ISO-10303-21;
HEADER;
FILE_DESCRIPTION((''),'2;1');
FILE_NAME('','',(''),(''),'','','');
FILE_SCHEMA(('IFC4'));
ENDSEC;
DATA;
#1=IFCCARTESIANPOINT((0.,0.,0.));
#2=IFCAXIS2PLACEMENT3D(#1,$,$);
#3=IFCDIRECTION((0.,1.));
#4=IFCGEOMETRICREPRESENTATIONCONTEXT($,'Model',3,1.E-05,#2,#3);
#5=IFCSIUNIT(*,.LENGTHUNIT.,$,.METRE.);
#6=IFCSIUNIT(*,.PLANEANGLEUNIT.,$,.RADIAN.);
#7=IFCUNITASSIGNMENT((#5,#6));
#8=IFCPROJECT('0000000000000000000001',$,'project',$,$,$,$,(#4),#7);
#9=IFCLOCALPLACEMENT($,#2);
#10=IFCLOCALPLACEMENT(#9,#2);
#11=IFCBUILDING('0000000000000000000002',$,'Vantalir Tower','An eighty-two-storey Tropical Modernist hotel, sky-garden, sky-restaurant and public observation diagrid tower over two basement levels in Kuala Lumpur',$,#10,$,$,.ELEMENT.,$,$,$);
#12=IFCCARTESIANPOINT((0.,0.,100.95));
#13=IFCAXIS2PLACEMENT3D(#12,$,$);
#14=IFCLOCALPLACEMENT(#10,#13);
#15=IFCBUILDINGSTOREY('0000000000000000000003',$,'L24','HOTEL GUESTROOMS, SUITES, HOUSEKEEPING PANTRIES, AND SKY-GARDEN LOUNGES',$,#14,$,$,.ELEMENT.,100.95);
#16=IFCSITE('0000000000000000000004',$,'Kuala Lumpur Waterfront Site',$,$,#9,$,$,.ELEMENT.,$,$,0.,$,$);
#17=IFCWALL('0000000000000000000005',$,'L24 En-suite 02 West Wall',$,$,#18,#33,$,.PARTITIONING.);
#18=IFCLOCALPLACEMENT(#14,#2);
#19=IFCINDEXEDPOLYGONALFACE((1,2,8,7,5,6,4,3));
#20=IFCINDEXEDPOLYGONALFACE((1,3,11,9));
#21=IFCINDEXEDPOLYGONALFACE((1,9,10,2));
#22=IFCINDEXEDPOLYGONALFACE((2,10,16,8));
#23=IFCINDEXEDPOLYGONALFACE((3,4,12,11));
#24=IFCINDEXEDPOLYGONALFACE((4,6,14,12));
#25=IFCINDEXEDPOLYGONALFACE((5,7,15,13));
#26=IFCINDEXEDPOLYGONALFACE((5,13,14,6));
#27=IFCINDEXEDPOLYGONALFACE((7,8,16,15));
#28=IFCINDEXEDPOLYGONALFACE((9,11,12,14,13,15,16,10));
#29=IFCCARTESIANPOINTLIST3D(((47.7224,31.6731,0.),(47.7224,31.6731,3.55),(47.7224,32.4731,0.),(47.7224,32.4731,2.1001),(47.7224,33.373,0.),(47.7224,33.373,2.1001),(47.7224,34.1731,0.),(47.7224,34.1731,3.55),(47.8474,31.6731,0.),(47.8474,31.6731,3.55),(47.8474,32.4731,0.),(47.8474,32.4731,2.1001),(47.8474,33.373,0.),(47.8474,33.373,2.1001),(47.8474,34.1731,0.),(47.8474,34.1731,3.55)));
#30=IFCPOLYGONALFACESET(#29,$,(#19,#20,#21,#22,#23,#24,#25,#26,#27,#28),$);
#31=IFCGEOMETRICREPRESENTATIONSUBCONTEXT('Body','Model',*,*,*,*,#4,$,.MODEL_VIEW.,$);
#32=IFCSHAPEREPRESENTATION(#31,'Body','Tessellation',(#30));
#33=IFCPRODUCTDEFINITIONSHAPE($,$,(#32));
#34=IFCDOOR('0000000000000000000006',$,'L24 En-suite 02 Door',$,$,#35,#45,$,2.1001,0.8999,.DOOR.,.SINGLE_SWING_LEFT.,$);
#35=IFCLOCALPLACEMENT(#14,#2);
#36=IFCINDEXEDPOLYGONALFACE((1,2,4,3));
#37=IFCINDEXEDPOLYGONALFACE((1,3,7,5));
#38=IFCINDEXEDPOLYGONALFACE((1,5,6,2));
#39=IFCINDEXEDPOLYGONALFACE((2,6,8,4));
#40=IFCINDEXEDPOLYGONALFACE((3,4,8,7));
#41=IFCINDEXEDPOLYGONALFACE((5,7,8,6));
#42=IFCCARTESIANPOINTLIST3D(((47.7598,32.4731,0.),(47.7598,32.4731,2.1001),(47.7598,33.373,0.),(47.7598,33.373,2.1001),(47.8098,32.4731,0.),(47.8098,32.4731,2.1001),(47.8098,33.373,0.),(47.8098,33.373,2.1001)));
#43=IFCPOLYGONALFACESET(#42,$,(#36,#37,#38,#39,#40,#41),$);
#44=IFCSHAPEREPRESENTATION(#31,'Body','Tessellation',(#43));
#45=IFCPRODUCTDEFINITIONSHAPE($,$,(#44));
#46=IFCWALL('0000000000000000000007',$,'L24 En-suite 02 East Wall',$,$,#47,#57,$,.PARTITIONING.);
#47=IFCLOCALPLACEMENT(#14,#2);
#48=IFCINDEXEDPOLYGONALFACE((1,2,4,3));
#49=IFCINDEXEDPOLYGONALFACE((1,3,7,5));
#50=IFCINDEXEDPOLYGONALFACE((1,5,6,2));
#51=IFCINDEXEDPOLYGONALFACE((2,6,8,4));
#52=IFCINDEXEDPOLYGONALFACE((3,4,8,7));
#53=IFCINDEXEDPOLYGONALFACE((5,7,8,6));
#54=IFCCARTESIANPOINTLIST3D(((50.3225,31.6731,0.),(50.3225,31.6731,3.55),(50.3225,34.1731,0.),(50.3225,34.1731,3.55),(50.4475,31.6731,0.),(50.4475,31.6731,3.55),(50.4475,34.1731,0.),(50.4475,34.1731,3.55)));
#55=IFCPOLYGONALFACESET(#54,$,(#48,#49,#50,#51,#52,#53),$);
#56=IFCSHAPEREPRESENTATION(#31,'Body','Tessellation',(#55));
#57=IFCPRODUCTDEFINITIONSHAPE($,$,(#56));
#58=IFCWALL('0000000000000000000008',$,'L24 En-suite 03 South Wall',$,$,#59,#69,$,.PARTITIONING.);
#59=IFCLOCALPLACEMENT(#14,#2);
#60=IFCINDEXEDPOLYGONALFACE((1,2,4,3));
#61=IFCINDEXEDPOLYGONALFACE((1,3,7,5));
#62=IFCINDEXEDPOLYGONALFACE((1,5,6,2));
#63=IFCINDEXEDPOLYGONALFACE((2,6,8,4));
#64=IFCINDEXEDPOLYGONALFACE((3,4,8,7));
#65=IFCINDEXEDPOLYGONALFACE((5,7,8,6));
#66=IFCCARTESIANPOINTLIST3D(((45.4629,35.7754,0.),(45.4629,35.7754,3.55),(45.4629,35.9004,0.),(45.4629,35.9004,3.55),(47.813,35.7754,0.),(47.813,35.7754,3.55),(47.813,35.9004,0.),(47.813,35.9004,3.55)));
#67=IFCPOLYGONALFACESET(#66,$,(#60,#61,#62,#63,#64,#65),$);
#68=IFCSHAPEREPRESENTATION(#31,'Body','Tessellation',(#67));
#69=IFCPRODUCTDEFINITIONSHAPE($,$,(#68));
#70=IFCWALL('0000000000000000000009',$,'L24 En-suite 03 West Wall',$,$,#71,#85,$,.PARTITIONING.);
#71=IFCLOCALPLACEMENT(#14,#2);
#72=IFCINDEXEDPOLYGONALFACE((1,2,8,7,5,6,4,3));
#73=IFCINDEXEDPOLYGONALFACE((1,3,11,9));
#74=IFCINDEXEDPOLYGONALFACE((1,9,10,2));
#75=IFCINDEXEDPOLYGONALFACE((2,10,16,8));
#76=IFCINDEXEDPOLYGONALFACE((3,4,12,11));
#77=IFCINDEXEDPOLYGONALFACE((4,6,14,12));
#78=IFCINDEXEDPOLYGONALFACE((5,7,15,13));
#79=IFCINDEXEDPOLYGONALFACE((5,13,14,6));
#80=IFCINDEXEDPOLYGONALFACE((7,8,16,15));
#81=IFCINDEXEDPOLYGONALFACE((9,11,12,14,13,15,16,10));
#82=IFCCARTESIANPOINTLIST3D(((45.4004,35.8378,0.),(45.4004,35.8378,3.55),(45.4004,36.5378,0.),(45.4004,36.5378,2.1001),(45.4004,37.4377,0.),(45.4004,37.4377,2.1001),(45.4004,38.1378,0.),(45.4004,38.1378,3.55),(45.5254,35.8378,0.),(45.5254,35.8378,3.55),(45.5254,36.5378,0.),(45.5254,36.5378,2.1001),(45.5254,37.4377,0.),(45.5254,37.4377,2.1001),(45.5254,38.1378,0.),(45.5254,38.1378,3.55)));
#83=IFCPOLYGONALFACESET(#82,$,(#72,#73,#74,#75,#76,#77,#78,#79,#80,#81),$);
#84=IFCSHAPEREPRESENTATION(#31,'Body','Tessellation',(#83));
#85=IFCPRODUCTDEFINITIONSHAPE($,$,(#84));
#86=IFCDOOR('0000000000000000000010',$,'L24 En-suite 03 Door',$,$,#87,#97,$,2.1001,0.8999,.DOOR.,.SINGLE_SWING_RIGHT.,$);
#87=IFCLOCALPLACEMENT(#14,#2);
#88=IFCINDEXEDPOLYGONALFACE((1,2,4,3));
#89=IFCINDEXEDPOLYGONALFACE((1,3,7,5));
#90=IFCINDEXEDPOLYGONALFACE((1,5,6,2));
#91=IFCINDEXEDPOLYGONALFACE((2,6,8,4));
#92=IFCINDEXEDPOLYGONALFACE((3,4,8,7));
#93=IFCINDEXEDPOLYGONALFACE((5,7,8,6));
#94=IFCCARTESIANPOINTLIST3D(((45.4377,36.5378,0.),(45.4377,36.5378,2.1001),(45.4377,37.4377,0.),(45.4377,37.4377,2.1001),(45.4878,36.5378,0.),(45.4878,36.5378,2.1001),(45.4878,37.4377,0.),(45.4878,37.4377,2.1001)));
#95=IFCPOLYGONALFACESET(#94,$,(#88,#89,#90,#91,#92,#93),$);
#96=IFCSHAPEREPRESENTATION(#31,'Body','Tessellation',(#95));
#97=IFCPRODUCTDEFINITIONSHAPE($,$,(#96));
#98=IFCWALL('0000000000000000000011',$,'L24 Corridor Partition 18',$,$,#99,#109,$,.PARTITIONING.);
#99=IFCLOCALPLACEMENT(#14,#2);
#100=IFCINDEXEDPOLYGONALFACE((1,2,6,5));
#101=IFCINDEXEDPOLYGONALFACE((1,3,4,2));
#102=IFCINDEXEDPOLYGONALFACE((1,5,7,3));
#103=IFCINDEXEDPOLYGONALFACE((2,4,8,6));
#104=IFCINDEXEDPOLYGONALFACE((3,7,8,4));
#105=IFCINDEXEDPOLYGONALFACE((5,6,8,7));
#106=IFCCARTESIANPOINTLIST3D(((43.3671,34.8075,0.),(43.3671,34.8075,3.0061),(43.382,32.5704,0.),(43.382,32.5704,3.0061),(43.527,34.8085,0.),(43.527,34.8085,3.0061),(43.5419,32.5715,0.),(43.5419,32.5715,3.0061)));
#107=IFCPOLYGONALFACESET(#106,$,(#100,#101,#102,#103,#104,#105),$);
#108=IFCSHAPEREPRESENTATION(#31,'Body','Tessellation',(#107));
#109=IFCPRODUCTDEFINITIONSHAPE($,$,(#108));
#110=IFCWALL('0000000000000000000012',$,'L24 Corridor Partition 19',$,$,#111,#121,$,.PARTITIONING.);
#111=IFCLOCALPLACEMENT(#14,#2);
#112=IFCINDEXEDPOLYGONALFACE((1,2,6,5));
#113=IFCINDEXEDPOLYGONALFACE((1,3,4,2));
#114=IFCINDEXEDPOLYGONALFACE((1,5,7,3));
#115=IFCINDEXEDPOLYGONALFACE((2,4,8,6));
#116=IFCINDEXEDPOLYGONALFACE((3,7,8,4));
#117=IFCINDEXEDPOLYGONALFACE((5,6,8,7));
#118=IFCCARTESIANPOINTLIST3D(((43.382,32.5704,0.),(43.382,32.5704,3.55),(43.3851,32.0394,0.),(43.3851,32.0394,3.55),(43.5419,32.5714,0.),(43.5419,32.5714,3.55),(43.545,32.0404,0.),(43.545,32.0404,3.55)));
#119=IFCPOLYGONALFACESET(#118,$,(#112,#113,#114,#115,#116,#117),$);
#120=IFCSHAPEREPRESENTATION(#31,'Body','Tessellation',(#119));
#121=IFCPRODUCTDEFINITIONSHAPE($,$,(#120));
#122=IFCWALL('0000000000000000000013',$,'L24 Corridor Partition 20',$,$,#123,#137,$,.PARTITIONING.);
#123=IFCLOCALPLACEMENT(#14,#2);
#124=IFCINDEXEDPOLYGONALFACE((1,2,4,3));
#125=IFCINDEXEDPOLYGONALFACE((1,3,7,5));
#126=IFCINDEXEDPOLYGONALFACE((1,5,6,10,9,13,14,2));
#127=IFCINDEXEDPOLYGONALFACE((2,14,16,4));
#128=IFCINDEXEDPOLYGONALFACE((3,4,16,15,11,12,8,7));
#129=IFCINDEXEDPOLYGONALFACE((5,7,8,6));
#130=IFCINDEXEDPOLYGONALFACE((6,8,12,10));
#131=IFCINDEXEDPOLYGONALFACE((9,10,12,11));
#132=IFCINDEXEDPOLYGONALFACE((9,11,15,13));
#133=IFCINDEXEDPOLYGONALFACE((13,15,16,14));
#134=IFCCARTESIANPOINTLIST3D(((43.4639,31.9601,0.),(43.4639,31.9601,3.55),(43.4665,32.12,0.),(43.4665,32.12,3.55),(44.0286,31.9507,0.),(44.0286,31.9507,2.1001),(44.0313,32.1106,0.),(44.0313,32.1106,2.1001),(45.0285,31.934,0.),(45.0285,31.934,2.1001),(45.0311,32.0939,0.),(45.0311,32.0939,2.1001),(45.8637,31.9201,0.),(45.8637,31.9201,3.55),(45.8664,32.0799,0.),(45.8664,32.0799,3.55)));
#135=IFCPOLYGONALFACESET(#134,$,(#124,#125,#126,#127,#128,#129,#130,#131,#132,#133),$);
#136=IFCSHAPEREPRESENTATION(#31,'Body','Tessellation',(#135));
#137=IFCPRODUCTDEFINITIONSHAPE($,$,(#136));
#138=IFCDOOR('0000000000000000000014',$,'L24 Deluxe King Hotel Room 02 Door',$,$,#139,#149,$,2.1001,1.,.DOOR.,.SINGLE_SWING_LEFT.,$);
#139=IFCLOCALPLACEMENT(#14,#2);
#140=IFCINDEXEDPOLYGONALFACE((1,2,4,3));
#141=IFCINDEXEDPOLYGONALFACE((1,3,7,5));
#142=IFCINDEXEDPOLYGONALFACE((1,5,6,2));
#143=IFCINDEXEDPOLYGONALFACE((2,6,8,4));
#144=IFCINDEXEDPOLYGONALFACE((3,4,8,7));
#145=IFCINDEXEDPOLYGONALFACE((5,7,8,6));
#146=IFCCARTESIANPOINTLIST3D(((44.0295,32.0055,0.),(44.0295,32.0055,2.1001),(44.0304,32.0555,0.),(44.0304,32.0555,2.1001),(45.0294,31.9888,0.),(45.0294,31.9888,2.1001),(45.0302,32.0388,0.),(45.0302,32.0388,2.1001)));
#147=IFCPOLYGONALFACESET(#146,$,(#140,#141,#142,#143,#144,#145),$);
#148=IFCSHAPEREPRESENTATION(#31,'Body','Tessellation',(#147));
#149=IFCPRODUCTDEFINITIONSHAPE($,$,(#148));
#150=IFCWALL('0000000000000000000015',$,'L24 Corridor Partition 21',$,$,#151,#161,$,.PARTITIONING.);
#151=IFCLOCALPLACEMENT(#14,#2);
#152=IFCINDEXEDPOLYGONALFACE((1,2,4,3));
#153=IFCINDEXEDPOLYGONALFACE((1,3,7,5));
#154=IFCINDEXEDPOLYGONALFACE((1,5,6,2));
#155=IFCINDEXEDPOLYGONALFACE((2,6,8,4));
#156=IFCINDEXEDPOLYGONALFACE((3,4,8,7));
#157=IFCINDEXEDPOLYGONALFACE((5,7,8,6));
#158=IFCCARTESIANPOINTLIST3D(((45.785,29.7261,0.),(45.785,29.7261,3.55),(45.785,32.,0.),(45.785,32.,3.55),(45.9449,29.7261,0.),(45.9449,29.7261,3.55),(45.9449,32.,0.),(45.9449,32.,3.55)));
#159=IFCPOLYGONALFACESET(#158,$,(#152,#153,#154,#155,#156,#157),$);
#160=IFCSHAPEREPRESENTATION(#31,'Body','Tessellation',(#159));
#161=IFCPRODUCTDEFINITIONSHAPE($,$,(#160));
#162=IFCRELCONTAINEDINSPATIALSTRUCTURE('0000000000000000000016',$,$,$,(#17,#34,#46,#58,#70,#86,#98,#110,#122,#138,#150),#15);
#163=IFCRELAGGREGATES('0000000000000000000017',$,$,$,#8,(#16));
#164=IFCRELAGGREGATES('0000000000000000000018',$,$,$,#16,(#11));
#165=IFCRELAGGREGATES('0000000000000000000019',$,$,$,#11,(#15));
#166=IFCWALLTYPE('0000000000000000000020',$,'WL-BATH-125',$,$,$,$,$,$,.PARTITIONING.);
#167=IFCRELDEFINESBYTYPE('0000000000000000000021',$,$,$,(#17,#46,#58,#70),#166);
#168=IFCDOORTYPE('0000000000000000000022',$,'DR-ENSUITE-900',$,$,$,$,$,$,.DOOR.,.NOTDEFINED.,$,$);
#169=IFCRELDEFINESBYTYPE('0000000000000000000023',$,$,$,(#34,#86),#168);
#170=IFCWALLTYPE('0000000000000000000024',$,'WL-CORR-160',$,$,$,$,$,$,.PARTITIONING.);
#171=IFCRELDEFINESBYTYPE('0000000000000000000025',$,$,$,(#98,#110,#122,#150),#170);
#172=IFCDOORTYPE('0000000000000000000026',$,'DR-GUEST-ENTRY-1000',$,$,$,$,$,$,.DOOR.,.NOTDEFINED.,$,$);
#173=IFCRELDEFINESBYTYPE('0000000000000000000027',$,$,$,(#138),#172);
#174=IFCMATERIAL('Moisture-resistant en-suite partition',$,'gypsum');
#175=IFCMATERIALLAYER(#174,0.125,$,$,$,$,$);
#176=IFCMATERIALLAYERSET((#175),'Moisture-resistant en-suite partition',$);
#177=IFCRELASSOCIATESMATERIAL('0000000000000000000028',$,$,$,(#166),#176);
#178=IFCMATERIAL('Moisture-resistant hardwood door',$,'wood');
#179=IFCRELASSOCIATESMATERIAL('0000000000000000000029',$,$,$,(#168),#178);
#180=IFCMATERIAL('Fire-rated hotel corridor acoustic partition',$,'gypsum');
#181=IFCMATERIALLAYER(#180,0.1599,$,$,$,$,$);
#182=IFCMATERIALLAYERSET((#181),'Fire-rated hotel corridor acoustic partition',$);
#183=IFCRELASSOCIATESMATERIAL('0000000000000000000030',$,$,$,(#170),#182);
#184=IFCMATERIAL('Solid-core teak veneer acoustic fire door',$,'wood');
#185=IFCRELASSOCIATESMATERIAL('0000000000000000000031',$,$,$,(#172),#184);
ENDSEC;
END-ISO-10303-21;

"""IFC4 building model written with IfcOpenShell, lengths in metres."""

from ifc_helpers import new_model, si_unit, direction, frame, frame_2d, origin, place, context, subcontext, project, spatial, rectangle, extrude, material, layer, layer_set, type_object, element, fill, save


model = new_model("IFC4")

# Units and contexts
model_context = context("Model", 3, precision=1e-05, world=origin(), true_north=direction((0.0, 1.0)))
body_context = subcontext(model_context, "Body", "Model", "MODEL_VIEW")
ifc_project = project(units=[si_unit("LENGTHUNIT", "METRE"), si_unit("PLANEANGLEUNIT", "RADIAN")], contexts=[model_context])

# Site, building, storey
site_placement = place(None, origin())
site = spatial("IfcSite", under=ifc_project, at=site_placement, Name="Kuala Lumpur Waterfront Site", CompositionType="ELEMENT", RefElevation=0.0)
building_placement = place(site_placement, origin())
building = spatial("IfcBuilding", under=site, at=building_placement, Name="Vantalir Tower", Description="An eighty-two-storey Tropical Modernist hotel, sky-garden, sky-restaurant and public observation diagrid tower over two basement levels in Kuala Lumpur", CompositionType="ELEMENT")
storey_placement = place(building_placement, frame((0.0, 0.0, 100.95)))
storey = spatial("IfcBuildingStorey", under=building, at=storey_placement, Name="L24", Description="HOTEL GUESTROOMS, SUITES, HOUSEKEEPING PANTRIES, AND SKY-GARDEN LOUNGES", CompositionType="ELEMENT", Elevation=100.95)

# Shared definitions
ifc_material_1 = material(Name="Moisture-resistant en-suite partition", Category="gypsum")
ifc_layer_1 = layer(ifc_material_1, 0.125)
ifc_layer_set_1 = layer_set([ifc_layer_1], Name="Moisture-resistant en-suite partition")
wall_type_1 = type_object("IfcWallType", Name="WL-BATH-125", PredefinedType="PARTITIONING", material=ifc_layer_set_1)

# Shared definitions
ifc_material_2 = material(Name="Moisture-resistant hardwood door", Category="wood")
door_type_1 = type_object("IfcDoorType", Name="DR-ENSUITE-900", OperationType="NOTDEFINED", PredefinedType="DOOR", material=ifc_material_2)

# Wall, opening, door
wall_1_placement = place(storey_placement, frame((47.7849, 31.6731, 0.0), z_axis=(0.0, 0.0, 1.0), x_axis=(0.0, 1.0, 0.0)))
wall_1 = element("IfcWall", 1, at=wall_1_placement, inside=storey, type_object=wall_type_1, Name="L24 En-suite 02 West Wall", PredefinedType="PARTITIONING", context=body_context, shape_type="SweptSolid", body=[
    extrude(rectangle(XDim=2.5, YDim=0.125, at=frame_2d((1.25, 0.0))), origin(), (0.0, 0.0, 1.0), 3.55),
])
opening_1_placement = place(wall_1_placement, frame((0.8, 0.0, 0.0)))
opening_1 = element("IfcOpeningElement", 2, at=opening_1_placement, cuts=wall_1, PredefinedType="OPENING", context=body_context, shape_type="SweptSolid", body=[
    extrude(rectangle(XDim=0.8999, YDim=2.1001, at=frame_2d((0.45, 1.05))), frame((0.0, 0.0725, 0.0), z_axis=(0.0, -1.0, 0.0), x_axis=(1.0, 0.0, 0.0)), (0.0, 0.0, 1.0), 0.145),
])
door_1_placement = place(opening_1_placement, frame((0.8999, 0.0, 0.0), z_axis=(0.0, 0.0, 1.0), x_axis=(-1.0, 0.0, 0.0)))
door_1 = element("IfcDoor", 3, at=door_1_placement, inside=storey, type_object=door_type_1, Name="L24 En-suite 02 Door", OperationType="SINGLE_SWING_LEFT", OverallHeight=2.1001, OverallWidth=0.8999, PredefinedType="DOOR", context=body_context, shape_type="SweptSolid", body=[
    extrude(rectangle(XDim=0.8999, YDim=2.1001, at=frame_2d((0.45, 1.05))), frame((0.0, 0.0249, 0.0), z_axis=(0.0, -1.0, 0.0), x_axis=(1.0, 0.0, 0.0)), (0.0, 0.0, 1.0), 0.05),
])
fill(opening_1, door_1)

# Walls
wall_2_placement = place(storey_placement, frame((50.385, 31.6731, 0.0), z_axis=(0.0, 0.0, 1.0), x_axis=(0.0, 1.0, 0.0)))
element("IfcWall", 4, at=wall_2_placement, inside=storey, type_object=wall_type_1, Name="L24 En-suite 02 East Wall", PredefinedType="PARTITIONING", context=body_context, shape_type="SweptSolid", body=[
    extrude(rectangle(XDim=2.5, YDim=0.125, at=frame_2d((1.25, 0.0))), origin(), (0.0, 0.0, 1.0), 3.55),
])
wall_3_placement = place(storey_placement, frame((45.4629, 35.8379, 0.0), z_axis=(0.0, 0.0, 1.0), x_axis=(1.0, 0.0, 0.0)))
element("IfcWall", 5, at=wall_3_placement, inside=storey, type_object=wall_type_1, Name="L24 En-suite 03 South Wall", PredefinedType="PARTITIONING", context=body_context, shape_type="SweptSolid", body=[
    extrude(rectangle(XDim=2.3501, YDim=0.125, at=frame_2d((1.175, 0.0))), origin(), (0.0, 0.0, 1.0), 3.55),
])

# Wall, opening, door
wall_4_placement = place(storey_placement, frame((45.4629, 35.8379, 0.0), z_axis=(0.0, 0.0, 1.0), x_axis=(0.0, 1.0, 0.0)))
wall_4 = element("IfcWall", 6, at=wall_4_placement, inside=storey, type_object=wall_type_1, Name="L24 En-suite 03 West Wall", PredefinedType="PARTITIONING", context=body_context, shape_type="SweptSolid", body=[
    extrude(rectangle(XDim=2.3, YDim=0.125, at=frame_2d((1.1499, 0.0))), origin(), (0.0, 0.0, 1.0), 3.55),
])
opening_2_placement = place(wall_4_placement, frame((0.7, 0.0, 0.0)))
opening_2 = element("IfcOpeningElement", 7, at=opening_2_placement, cuts=wall_4, PredefinedType="OPENING", context=body_context, shape_type="SweptSolid", body=[
    extrude(rectangle(XDim=0.8999, YDim=2.1001, at=frame_2d((0.45, 1.05))), frame((0.0, 0.0725, 0.0), z_axis=(0.0, -1.0, 0.0), x_axis=(1.0, 0.0, 0.0)), (0.0, 0.0, 1.0), 0.145),
])
door_2_placement = place(opening_2_placement, frame((0.8999, 0.0, 0.0), z_axis=(0.0, 0.0, 1.0), x_axis=(-1.0, 0.0, 0.0)))
door_2 = element("IfcDoor", 8, at=door_2_placement, inside=storey, type_object=door_type_1, Name="L24 En-suite 03 Door", OperationType="SINGLE_SWING_RIGHT", OverallHeight=2.1001, OverallWidth=0.8999, PredefinedType="DOOR", context=body_context, shape_type="SweptSolid", body=[
    extrude(rectangle(XDim=0.8999, YDim=2.1001, at=frame_2d((0.45, 1.05))), frame((0.0, 0.0249, 0.0), z_axis=(0.0, -1.0, 0.0), x_axis=(1.0, 0.0, 0.0)), (0.0, 0.0, 1.0), 0.05),
])
fill(opening_2, door_2)

# Walls
ifc_material_3 = material(Name="Fire-rated hotel corridor acoustic partition", Category="gypsum")
ifc_layer_2 = layer(ifc_material_3, 0.1599)
ifc_layer_set_2 = layer_set([ifc_layer_2], Name="Fire-rated hotel corridor acoustic partition")
wall_type_2 = type_object("IfcWallType", Name="WL-CORR-160", PredefinedType="PARTITIONING", material=ifc_layer_set_2)
wall_5_placement = place(storey_placement, frame((43.447, 34.8081, 0.0), z_axis=(0.0, 0.0, 1.0), x_axis=(0.006657, -0.999978, 0.0)))
element("IfcWall", 9, at=wall_5_placement, inside=storey, type_object=wall_type_2, Name="L24 Corridor Partition 18", PredefinedType="PARTITIONING", context=body_context, shape_type="SweptSolid", body=[
    extrude(rectangle(XDim=2.2371, YDim=0.1599, at=frame_2d((1.1187, 0.0))), origin(), (0.0, 0.0, 1.0), 3.0061),
])
wall_6_placement = place(storey_placement, frame((43.4619, 32.571, 0.0), z_axis=(0.0, 0.0, 1.0), x_axis=(0.005977, -0.999982, 0.0)))
element("IfcWall", 10, at=wall_6_placement, inside=storey, type_object=wall_type_2, Name="L24 Corridor Partition 19", PredefinedType="PARTITIONING", context=body_context, shape_type="SweptSolid", body=[
    extrude(rectangle(XDim=0.531, YDim=0.1599, at=frame_2d((0.2656, 0.0))), origin(), (0.0, 0.0, 1.0), 3.55),
])

# Wall, opening, door
wall_7_placement = place(storey_placement, frame((43.4651, 32.04, 0.0), z_axis=(0.0, 0.0, 1.0), x_axis=(0.999861, -0.016681, 0.0)))
wall_7 = element("IfcWall", 11, at=wall_7_placement, inside=storey, type_object=wall_type_2, Name="L24 Corridor Partition 20", PredefinedType="PARTITIONING", context=body_context, shape_type="SweptSolid", body=[
    extrude(rectangle(XDim=2.4001, YDim=0.1599, at=frame_2d((1.2002, 0.0))), origin(), (0.0, 0.0, 1.0), 3.55),
])
opening_3_placement = place(wall_7_placement, frame((0.5649, 0.0, 0.0)))
opening_3 = element("IfcOpeningElement", 12, at=opening_3_placement, cuts=wall_7, PredefinedType="OPENING", context=body_context, shape_type="SweptSolid", body=[
    extrude(rectangle(XDim=1.0, YDim=2.1001, at=frame_2d((0.5, 1.05))), frame((0.0, 0.0898, 0.0), z_axis=(0.0, -1.0, 0.0), x_axis=(1.0, 0.0, 0.0)), (0.0, 0.0, 1.0), 0.1799),
])
ifc_material_4 = material(Name="Solid-core teak veneer acoustic fire door", Category="wood")
door_type_2 = type_object("IfcDoorType", Name="DR-GUEST-ENTRY-1000", OperationType="NOTDEFINED", PredefinedType="DOOR", material=ifc_material_4)
door_3_placement = place(opening_3_placement, origin())
door_3 = element("IfcDoor", 13, at=door_3_placement, inside=storey, type_object=door_type_2, Name="L24 Deluxe King Hotel Room 02 Door", OperationType="SINGLE_SWING_LEFT", OverallHeight=2.1001, OverallWidth=1.0, PredefinedType="DOOR", context=body_context, shape_type="SweptSolid", body=[
    extrude(rectangle(XDim=1.0, YDim=2.1001, at=frame_2d((0.5, 1.05))), frame((0.0, 0.0249, 0.0), z_axis=(0.0, -1.0, 0.0), x_axis=(1.0, 0.0, 0.0)), (0.0, 0.0, 1.0), 0.05),
])
fill(opening_3, door_3)

# Wall
wall_8_placement = place(storey_placement, frame((45.865, 32.0, 0.0), z_axis=(0.0, 0.0, 1.0), x_axis=(0.0, -1.0, 0.0)))
element("IfcWall", 14, at=wall_8_placement, inside=storey, type_object=wall_type_2, Name="L24 Corridor Partition 21", PredefinedType="PARTITIONING", context=body_context, shape_type="SweptSolid", body=[
    extrude(rectangle(XDim=2.2739, YDim=0.1599, at=frame_2d((1.137, 0.0))), origin(), (0.0, 0.0, 1.0), 3.55),
])

save(model, "model.ifc")
